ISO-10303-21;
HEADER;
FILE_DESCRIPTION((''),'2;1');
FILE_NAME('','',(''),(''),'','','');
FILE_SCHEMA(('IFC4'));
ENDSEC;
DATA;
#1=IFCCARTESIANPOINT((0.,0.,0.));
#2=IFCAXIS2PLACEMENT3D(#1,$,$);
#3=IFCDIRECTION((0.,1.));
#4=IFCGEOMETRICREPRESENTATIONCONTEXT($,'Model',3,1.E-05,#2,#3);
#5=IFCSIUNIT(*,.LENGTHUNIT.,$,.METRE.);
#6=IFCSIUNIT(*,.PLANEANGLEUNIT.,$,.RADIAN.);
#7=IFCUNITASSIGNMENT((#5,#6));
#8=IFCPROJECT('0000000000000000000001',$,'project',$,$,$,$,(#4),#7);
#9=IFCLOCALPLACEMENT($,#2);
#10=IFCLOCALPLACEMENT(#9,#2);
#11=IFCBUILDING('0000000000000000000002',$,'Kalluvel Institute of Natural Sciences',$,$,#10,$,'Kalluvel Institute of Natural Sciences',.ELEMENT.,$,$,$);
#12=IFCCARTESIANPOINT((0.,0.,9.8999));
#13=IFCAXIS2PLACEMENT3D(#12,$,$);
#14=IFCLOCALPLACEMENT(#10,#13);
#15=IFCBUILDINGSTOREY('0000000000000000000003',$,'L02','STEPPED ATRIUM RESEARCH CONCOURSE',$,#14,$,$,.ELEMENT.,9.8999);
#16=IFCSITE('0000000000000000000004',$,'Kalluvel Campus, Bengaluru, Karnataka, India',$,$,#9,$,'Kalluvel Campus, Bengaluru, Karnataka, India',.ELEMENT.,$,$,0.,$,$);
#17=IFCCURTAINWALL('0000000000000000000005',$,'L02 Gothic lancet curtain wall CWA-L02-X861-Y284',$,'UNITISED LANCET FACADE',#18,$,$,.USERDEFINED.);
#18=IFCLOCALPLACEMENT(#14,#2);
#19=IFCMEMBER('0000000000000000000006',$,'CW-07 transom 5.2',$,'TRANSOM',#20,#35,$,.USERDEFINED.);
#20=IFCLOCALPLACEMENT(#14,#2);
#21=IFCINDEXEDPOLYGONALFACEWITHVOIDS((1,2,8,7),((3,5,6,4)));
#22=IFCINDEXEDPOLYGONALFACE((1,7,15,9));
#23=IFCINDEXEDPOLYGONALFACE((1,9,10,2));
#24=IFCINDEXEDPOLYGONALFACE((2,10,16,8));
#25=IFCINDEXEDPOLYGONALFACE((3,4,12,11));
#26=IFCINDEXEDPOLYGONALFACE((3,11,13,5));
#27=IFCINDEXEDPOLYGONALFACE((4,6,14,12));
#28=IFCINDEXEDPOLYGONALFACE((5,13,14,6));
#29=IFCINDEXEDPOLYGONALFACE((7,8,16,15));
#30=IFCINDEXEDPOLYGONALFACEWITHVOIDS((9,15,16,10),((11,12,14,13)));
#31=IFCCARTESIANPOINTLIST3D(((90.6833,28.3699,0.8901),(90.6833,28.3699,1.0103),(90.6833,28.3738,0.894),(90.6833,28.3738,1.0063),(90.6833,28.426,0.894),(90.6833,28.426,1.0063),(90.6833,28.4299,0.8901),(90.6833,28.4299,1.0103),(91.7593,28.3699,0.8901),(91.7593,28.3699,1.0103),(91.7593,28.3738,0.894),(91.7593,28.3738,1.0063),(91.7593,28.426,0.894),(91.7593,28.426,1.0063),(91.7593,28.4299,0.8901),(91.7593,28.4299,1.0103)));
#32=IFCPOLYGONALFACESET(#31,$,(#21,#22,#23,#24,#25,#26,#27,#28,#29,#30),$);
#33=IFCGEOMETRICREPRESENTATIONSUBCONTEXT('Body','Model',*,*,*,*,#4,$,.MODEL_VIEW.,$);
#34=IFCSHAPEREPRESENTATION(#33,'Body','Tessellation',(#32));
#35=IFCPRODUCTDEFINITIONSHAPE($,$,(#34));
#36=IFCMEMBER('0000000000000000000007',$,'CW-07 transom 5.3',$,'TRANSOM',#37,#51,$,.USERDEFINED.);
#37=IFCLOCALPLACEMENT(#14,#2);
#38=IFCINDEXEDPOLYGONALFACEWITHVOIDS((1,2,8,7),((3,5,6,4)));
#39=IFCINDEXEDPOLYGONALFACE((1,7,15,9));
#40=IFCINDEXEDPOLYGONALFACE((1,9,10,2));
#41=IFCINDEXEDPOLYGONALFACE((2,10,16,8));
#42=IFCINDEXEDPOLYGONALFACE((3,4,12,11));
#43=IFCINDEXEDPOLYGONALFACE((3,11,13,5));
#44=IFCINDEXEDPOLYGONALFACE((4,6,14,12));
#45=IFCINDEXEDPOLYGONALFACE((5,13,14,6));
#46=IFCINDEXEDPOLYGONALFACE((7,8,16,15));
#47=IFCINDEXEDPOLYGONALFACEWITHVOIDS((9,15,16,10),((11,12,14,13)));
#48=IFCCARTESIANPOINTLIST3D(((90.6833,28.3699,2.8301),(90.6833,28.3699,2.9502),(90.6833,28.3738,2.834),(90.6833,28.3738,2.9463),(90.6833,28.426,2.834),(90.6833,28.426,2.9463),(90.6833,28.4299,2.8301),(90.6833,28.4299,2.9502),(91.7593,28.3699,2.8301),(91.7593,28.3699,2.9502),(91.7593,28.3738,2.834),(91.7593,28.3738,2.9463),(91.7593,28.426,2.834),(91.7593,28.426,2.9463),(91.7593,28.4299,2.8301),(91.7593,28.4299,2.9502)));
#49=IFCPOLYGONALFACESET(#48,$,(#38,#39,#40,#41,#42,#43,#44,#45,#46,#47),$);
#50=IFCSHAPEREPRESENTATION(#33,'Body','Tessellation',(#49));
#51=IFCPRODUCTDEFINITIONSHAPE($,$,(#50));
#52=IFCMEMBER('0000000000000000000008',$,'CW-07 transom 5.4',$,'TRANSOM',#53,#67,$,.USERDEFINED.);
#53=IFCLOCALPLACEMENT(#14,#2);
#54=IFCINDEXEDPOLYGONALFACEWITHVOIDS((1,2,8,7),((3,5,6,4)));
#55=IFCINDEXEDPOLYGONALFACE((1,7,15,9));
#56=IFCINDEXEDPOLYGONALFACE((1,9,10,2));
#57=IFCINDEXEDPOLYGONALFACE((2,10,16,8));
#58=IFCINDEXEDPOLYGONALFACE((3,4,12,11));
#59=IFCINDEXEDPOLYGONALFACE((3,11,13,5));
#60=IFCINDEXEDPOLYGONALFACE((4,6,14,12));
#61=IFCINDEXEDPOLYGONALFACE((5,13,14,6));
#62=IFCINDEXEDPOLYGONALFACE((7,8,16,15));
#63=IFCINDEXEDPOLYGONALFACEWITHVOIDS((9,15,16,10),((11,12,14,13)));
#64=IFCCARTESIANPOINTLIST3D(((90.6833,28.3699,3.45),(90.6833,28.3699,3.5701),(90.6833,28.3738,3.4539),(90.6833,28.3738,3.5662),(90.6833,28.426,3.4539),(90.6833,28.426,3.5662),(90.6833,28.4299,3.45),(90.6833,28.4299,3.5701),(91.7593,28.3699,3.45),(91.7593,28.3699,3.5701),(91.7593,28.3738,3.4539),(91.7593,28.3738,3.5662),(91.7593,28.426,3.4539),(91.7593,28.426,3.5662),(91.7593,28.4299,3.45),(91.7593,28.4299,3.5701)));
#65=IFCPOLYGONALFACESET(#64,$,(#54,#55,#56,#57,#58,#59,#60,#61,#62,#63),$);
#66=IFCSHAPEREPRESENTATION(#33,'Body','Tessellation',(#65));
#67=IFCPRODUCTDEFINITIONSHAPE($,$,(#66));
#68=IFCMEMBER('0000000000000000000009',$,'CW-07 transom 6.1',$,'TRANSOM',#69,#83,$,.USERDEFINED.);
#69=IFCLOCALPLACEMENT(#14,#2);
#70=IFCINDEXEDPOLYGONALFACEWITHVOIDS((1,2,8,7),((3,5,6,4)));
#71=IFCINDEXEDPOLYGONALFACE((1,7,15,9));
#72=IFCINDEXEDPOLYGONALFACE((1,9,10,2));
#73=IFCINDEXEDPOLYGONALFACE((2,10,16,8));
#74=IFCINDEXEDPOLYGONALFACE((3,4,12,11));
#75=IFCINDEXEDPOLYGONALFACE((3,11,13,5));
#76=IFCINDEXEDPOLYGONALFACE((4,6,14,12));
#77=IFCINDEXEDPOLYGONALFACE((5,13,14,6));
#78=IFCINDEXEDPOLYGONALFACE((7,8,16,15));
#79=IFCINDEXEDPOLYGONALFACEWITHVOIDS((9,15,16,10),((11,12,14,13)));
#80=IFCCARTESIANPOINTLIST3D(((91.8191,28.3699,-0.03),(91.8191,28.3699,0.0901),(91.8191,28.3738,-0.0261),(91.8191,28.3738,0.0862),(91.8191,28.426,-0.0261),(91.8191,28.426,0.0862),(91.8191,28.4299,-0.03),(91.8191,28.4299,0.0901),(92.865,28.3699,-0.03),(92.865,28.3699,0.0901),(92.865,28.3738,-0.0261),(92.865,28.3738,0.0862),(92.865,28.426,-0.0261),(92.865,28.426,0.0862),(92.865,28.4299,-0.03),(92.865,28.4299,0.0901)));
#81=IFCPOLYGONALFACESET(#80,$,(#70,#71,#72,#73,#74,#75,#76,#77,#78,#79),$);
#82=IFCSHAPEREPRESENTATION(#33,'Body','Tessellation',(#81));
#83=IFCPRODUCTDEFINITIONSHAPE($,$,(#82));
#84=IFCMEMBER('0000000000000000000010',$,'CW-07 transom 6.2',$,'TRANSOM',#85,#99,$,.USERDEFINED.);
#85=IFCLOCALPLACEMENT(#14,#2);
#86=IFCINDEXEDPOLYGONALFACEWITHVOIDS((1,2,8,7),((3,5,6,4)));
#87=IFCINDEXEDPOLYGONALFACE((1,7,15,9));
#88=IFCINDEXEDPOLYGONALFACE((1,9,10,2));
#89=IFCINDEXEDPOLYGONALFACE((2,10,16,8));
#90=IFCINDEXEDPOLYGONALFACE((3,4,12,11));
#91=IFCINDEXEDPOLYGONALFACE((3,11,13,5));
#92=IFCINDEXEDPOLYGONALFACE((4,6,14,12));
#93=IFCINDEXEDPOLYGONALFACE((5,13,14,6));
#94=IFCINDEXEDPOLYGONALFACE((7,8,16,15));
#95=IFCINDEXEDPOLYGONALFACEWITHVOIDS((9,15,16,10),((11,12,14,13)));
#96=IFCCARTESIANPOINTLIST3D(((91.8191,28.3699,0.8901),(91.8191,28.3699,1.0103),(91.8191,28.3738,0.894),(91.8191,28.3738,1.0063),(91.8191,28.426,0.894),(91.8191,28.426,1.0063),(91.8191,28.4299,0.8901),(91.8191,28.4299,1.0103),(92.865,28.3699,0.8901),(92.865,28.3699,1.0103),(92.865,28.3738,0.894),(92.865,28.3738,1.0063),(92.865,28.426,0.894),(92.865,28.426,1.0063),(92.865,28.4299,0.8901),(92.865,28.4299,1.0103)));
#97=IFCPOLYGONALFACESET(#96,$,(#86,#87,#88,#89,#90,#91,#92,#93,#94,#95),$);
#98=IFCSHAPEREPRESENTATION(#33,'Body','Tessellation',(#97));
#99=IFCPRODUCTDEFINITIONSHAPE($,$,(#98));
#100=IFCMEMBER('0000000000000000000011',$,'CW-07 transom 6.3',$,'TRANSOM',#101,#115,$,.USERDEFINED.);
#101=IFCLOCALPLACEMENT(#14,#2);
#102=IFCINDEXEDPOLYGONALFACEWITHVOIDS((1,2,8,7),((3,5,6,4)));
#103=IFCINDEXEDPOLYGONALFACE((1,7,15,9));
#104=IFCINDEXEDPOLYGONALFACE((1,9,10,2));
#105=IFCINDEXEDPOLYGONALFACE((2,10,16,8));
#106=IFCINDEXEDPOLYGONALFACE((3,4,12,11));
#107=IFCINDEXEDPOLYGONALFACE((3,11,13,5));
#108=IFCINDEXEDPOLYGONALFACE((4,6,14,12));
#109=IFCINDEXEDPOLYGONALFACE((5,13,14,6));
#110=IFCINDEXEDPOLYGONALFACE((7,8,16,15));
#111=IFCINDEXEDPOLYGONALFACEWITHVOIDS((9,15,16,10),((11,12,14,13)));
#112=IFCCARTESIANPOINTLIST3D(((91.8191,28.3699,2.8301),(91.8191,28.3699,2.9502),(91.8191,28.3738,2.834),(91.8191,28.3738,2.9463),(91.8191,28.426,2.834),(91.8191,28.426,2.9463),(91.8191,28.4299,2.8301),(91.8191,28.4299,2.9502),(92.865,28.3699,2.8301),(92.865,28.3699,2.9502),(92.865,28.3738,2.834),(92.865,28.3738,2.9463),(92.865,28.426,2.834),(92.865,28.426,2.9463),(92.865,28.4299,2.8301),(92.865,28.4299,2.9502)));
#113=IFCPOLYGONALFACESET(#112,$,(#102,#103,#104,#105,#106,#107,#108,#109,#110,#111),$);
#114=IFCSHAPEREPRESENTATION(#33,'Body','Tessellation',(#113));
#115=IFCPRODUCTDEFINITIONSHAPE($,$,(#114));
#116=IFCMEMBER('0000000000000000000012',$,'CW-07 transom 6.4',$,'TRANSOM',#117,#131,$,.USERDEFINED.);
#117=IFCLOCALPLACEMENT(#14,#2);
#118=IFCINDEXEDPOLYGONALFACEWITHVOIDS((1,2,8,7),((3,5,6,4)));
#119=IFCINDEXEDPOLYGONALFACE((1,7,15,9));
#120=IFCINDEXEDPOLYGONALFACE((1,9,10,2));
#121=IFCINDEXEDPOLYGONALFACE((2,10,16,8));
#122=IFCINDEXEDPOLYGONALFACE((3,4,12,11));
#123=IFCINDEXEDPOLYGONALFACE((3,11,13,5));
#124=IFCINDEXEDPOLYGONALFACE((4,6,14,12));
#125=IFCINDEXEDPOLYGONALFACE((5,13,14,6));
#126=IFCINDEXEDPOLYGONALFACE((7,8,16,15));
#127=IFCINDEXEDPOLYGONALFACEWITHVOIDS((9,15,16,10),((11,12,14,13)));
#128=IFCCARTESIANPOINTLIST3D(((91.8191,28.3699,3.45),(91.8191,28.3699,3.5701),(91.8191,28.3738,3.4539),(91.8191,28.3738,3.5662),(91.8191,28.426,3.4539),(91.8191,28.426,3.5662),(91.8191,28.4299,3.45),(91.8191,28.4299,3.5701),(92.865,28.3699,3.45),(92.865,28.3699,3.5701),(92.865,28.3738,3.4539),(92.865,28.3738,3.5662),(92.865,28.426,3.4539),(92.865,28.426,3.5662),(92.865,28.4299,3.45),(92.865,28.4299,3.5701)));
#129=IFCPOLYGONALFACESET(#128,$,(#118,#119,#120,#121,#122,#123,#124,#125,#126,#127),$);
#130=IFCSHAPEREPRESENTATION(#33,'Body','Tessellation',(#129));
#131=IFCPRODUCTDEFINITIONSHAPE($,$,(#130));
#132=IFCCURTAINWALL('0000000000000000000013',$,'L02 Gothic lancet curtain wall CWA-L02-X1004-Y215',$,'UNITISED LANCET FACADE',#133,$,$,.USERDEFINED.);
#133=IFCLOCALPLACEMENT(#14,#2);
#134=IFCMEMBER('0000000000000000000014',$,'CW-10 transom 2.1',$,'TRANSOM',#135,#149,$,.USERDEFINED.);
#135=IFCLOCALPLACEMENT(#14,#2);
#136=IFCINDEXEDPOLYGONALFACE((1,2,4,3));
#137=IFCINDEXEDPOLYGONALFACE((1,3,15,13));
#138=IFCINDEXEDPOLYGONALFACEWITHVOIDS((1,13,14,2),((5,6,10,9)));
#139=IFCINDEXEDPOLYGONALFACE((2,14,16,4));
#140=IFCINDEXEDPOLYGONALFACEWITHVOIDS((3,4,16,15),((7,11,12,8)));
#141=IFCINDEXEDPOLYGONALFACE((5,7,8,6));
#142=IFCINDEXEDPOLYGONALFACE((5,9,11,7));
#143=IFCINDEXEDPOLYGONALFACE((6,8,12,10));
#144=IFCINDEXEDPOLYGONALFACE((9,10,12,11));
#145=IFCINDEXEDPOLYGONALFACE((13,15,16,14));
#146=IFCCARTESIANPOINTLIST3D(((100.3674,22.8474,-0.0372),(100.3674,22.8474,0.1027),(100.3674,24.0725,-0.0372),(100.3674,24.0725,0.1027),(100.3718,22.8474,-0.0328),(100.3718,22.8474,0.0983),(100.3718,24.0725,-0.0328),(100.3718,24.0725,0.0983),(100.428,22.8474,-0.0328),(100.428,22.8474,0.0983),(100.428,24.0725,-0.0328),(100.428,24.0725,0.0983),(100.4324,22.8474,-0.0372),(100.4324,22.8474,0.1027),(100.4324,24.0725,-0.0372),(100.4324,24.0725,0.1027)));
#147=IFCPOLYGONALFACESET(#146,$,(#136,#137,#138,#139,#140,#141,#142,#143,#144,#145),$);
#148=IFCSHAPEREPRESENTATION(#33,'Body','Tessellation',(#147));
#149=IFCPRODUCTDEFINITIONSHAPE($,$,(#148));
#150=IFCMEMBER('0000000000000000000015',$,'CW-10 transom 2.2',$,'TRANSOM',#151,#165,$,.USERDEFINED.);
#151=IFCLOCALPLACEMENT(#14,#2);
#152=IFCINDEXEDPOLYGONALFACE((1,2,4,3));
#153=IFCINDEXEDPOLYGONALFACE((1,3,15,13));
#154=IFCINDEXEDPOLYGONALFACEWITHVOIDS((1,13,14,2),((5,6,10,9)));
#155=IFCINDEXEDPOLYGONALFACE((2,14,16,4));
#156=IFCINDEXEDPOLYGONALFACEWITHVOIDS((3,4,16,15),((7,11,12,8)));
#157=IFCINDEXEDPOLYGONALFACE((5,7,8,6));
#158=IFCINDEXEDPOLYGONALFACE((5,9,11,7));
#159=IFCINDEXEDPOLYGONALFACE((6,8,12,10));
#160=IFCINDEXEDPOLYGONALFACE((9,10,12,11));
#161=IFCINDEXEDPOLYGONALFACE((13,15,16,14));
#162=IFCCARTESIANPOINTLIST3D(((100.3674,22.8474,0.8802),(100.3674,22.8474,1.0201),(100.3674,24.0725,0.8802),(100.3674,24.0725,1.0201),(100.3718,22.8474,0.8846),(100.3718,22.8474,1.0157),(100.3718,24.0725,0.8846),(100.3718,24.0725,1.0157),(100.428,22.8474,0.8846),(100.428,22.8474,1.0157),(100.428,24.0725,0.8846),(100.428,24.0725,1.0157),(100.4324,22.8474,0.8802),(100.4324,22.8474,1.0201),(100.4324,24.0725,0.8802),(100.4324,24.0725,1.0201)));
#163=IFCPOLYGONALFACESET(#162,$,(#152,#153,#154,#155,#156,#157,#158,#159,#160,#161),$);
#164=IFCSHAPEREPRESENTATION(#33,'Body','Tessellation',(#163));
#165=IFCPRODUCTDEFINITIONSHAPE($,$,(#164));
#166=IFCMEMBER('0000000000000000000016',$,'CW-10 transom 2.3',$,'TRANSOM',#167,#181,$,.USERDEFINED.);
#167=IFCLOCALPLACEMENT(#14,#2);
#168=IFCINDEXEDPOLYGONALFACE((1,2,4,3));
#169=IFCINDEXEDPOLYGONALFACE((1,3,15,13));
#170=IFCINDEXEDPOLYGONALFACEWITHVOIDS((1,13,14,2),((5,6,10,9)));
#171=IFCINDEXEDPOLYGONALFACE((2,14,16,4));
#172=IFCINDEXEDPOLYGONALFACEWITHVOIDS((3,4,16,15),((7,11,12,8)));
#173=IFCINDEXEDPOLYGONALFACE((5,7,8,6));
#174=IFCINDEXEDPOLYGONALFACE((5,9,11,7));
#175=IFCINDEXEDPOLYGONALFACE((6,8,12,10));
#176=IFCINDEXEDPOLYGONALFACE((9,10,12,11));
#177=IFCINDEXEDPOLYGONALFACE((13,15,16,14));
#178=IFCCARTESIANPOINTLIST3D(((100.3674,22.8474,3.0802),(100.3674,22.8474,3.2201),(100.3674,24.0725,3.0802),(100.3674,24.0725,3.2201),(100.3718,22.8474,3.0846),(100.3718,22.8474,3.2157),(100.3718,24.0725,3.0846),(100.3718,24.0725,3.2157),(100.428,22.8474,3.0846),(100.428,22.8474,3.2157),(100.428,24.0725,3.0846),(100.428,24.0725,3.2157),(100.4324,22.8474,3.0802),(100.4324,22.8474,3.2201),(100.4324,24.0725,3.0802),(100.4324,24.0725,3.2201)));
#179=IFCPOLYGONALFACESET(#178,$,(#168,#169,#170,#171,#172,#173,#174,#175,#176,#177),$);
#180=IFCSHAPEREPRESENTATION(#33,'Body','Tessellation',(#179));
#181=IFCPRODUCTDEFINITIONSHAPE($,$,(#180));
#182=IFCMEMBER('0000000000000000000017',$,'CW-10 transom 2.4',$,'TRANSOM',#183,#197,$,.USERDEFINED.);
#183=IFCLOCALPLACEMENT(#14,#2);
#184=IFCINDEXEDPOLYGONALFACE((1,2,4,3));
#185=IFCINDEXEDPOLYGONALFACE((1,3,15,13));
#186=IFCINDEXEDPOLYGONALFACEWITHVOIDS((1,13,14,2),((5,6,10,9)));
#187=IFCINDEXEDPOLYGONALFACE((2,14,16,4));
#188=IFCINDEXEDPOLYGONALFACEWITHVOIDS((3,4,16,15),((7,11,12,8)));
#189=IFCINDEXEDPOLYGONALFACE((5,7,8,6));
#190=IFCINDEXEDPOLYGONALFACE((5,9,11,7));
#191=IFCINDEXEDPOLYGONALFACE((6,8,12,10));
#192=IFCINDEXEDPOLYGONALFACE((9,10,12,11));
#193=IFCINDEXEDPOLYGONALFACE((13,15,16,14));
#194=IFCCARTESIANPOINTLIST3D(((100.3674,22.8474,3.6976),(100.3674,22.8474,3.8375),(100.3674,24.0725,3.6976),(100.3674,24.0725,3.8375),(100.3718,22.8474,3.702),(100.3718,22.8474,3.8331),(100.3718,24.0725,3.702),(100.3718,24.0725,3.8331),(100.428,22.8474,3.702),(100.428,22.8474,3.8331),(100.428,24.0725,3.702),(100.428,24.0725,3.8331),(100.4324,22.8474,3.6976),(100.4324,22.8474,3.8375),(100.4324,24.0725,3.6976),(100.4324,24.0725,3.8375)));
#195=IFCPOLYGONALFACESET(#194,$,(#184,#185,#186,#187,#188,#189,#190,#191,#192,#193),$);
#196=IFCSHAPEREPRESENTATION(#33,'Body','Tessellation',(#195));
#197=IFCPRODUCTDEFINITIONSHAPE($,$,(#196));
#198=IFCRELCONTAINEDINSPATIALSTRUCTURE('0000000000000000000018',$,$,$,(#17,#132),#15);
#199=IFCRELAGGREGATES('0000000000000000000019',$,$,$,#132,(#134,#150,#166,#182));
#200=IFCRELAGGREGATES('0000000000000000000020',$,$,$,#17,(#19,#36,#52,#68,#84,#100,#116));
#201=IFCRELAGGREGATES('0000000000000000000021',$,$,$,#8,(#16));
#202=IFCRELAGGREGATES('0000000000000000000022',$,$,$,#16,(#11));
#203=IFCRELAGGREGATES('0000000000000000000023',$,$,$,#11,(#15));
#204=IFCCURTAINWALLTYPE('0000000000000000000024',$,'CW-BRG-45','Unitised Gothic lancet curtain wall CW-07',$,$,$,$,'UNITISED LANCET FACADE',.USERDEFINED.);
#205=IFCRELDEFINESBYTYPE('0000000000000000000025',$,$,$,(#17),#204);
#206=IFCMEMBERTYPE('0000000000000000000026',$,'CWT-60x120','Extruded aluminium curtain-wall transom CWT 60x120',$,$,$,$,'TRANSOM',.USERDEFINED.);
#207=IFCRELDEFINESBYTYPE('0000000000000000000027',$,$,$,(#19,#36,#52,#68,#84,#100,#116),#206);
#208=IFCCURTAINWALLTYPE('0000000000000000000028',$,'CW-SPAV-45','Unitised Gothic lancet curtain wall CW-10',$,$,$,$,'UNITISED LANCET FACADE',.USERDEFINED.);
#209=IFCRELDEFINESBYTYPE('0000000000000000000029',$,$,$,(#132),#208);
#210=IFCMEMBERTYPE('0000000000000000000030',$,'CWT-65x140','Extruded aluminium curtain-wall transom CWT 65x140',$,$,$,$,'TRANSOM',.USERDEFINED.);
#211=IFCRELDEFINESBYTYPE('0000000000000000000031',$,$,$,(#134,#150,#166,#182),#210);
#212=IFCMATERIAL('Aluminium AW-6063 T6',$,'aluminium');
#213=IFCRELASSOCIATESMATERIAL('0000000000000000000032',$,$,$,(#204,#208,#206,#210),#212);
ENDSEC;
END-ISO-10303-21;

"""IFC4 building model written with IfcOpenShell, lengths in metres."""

from ifc_helpers import new_model, si_unit, direction, frame, origin, origin_2d, place, context, subcontext, project, spatial, hollow_rectangle, extrude, material, material_profile, profile_set, type_object, element, aggregate, save


model = new_model("IFC4")

# Units and contexts
model_context = context("Model", 3, precision=1e-05, world=origin(), true_north=direction((0.0, 1.0)))
body_context = subcontext(model_context, "Body", "Model", "MODEL_VIEW")
ifc_project = project(units=[si_unit("LENGTHUNIT", "METRE"), si_unit("PLANEANGLEUNIT", "RADIAN")], contexts=[model_context])

# Site, building, storey
site_placement = place(None, origin())
site = spatial("IfcSite", under=ifc_project, at=site_placement, Name="Kalluvel Campus, Bengaluru, Karnataka, India", LongName="Kalluvel Campus, Bengaluru, Karnataka, India", CompositionType="ELEMENT", RefElevation=0.0)
building_placement = place(site_placement, origin())
building = spatial("IfcBuilding", under=site, at=building_placement, Name="Kalluvel Institute of Natural Sciences", LongName="Kalluvel Institute of Natural Sciences", CompositionType="ELEMENT")
storey_placement = place(building_placement, frame((0.0, 0.0, 9.8999)))
storey = spatial("IfcBuildingStorey", under=building, at=storey_placement, Name="L02", Description="STEPPED ATRIUM RESEARCH CONCOURSE", CompositionType="ELEMENT", Elevation=9.8999)

# Curtain wall
ifc_material_1 = material(Name="Aluminium AW-6063 T6", Category="aluminium")
curtain_wall_type_1 = type_object("IfcCurtainWallType", Name="CW-BRG-45", Description="Unitised Gothic lancet curtain wall CW-07", ElementType="UNITISED LANCET FACADE", PredefinedType="USERDEFINED", material=ifc_material_1)
curtain_wall_1_placement = place(storey_placement, origin())
curtain_wall_1 = element("IfcCurtainWall", 1, at=curtain_wall_1_placement, inside=storey, type_object=curtain_wall_type_1, Name="L02 Gothic lancet curtain wall CWA-L02-X861-Y284", ObjectType="UNITISED LANCET FACADE", PredefinedType="USERDEFINED")

# Members
ifc_material_profile_1 = material_profile(ifc_material_1, hollow_rectangle(XDim=0.0601, YDim=0.1201, WallThickness=0.0039, at=origin_2d()), Name="CWT 60x120")
ifc_profile_set_1 = profile_set([ifc_material_profile_1], Name="Aluminium AW-6063 T6")
member_type_1 = type_object("IfcMemberType", Name="CWT-60x120", Description="Extruded aluminium curtain-wall transom CWT 60x120", ElementType="TRANSOM", PredefinedType="USERDEFINED", material=ifc_profile_set_1)
member_1_placement = place(storey_placement, frame((90.6833, 28.3999, 0.9502), z_axis=(1.0, 0.0, 0.0), x_axis=(0.0, 1.0, 0.0)))
member_1 = element("IfcMember", 2, at=member_1_placement, type_object=member_type_1, Name="CW-07 transom 5.2", ObjectType="TRANSOM", PredefinedType="USERDEFINED", context=body_context, shape_type="SweptSolid", body=[
    extrude(hollow_rectangle(XDim=0.0601, YDim=0.1201, WallThickness=0.0039, at=origin_2d()), origin(), (0.0, 0.0, 1.0), 1.0759),
])
member_2_placement = place(storey_placement, frame((90.6833, 28.3999, 2.8901), z_axis=(1.0, 0.0, 0.0), x_axis=(0.0, 1.0, 0.0)))
member_2 = element("IfcMember", 3, at=member_2_placement, type_object=member_type_1, Name="CW-07 transom 5.3", ObjectType="TRANSOM", PredefinedType="USERDEFINED", context=body_context, shape_type="SweptSolid", body=[
    extrude(hollow_rectangle(XDim=0.0601, YDim=0.1201, WallThickness=0.0039, at=origin_2d()), origin(), (0.0, 0.0, 1.0), 1.0759),
])
member_3_placement = place(storey_placement, frame((90.6833, 28.3999, 3.51), z_axis=(1.0, 0.0, 0.0), x_axis=(0.0, 1.0, 0.0)))
member_3 = element("IfcMember", 4, at=member_3_placement, type_object=member_type_1, Name="CW-07 transom 5.4", ObjectType="TRANSOM", PredefinedType="USERDEFINED", context=body_context, shape_type="SweptSolid", body=[
    extrude(hollow_rectangle(XDim=0.0601, YDim=0.1201, WallThickness=0.0039, at=origin_2d()), origin(), (0.0, 0.0, 1.0), 1.0759),
])
member_4_placement = place(storey_placement, frame((91.8191, 28.3999, 0.03), z_axis=(1.0, 0.0, 0.0), x_axis=(0.0, 1.0, 0.0)))
member_4 = element("IfcMember", 5, at=member_4_placement, type_object=member_type_1, Name="CW-07 transom 6.1", ObjectType="TRANSOM", PredefinedType="USERDEFINED", context=body_context, shape_type="SweptSolid", body=[
    extrude(hollow_rectangle(XDim=0.0601, YDim=0.1201, WallThickness=0.0039, at=origin_2d()), origin(), (0.0, 0.0, 1.0), 1.0459),
])
member_5_placement = place(storey_placement, frame((91.8191, 28.3999, 0.9502), z_axis=(1.0, 0.0, 0.0), x_axis=(0.0, 1.0, 0.0)))
member_5 = element("IfcMember", 6, at=member_5_placement, type_object=member_type_1, Name="CW-07 transom 6.2", ObjectType="TRANSOM", PredefinedType="USERDEFINED", context=body_context, shape_type="SweptSolid", body=[
    extrude(hollow_rectangle(XDim=0.0601, YDim=0.1201, WallThickness=0.0039, at=origin_2d()), origin(), (0.0, 0.0, 1.0), 1.0459),
])
member_6_placement = place(storey_placement, frame((91.8191, 28.3999, 2.8901), z_axis=(1.0, 0.0, 0.0), x_axis=(0.0, 1.0, 0.0)))
member_6 = element("IfcMember", 7, at=member_6_placement, type_object=member_type_1, Name="CW-07 transom 6.3", ObjectType="TRANSOM", PredefinedType="USERDEFINED", context=body_context, shape_type="SweptSolid", body=[
    extrude(hollow_rectangle(XDim=0.0601, YDim=0.1201, WallThickness=0.0039, at=origin_2d()), origin(), (0.0, 0.0, 1.0), 1.0459),
])
member_7_placement = place(storey_placement, frame((91.8191, 28.3999, 3.51), z_axis=(1.0, 0.0, 0.0), x_axis=(0.0, 1.0, 0.0)))
member_7 = element("IfcMember", 8, at=member_7_placement, type_object=member_type_1, Name="CW-07 transom 6.4", ObjectType="TRANSOM", PredefinedType="USERDEFINED", context=body_context, shape_type="SweptSolid", body=[
    extrude(hollow_rectangle(XDim=0.0601, YDim=0.1201, WallThickness=0.0039, at=origin_2d()), origin(), (0.0, 0.0, 1.0), 1.0459),
])

# Curtain wall, members
curtain_wall_type_2 = type_object("IfcCurtainWallType", Name="CW-SPAV-45", Description="Unitised Gothic lancet curtain wall CW-10", ElementType="UNITISED LANCET FACADE", PredefinedType="USERDEFINED", material=ifc_material_1)
curtain_wall_2_placement = place(storey_placement, origin())
curtain_wall_2 = element("IfcCurtainWall", 9, at=curtain_wall_2_placement, inside=storey, type_object=curtain_wall_type_2, Name="L02 Gothic lancet curtain wall CWA-L02-X1004-Y215", ObjectType="UNITISED LANCET FACADE", PredefinedType="USERDEFINED")
ifc_material_profile_2 = material_profile(ifc_material_1, hollow_rectangle(XDim=0.0649, YDim=0.1399, WallThickness=0.0044, at=origin_2d()), Name="CWT 65x140")
ifc_profile_set_2 = profile_set([ifc_material_profile_2], Name="Aluminium AW-6063 T6")
member_type_2 = type_object("IfcMemberType", Name="CWT-65x140", Description="Extruded aluminium curtain-wall transom CWT 65x140", ElementType="TRANSOM", PredefinedType="USERDEFINED", material=ifc_profile_set_2)
member_8_placement = place(storey_placement, frame((100.3999, 22.8474, 0.0327), z_axis=(0.0, 1.0, 0.0), x_axis=(-1.0, 0.0, 0.0)))
member_8 = element("IfcMember", 10, at=member_8_placement, type_object=member_type_2, Name="CW-10 transom 2.1", ObjectType="TRANSOM", PredefinedType="USERDEFINED", context=body_context, shape_type="SweptSolid", body=[
    extrude(hollow_rectangle(XDim=0.0649, YDim=0.1399, WallThickness=0.0044, at=origin_2d()), origin(), (0.0, 0.0, 1.0), 1.2251),
])
member_9_placement = place(storey_placement, frame((100.3999, 22.8474, 0.9502), z_axis=(0.0, 1.0, 0.0), x_axis=(-1.0, 0.0, 0.0)))
member_9 = element("IfcMember", 11, at=member_9_placement, type_object=member_type_2, Name="CW-10 transom 2.2", ObjectType="TRANSOM", PredefinedType="USERDEFINED", context=body_context, shape_type="SweptSolid", body=[
    extrude(hollow_rectangle(XDim=0.0649, YDim=0.1399, WallThickness=0.0044, at=origin_2d()), origin(), (0.0, 0.0, 1.0), 1.2251),
])
member_10_placement = place(storey_placement, frame((100.3999, 22.8474, 3.1501), z_axis=(0.0, 1.0, 0.0), x_axis=(-1.0, 0.0, 0.0)))
member_10 = element("IfcMember", 12, at=member_10_placement, type_object=member_type_2, Name="CW-10 transom 2.3", ObjectType="TRANSOM", PredefinedType="USERDEFINED", context=body_context, shape_type="SweptSolid", body=[
    extrude(hollow_rectangle(XDim=0.0649, YDim=0.1399, WallThickness=0.0044, at=origin_2d()), origin(), (0.0, 0.0, 1.0), 1.2251),
])
member_11_placement = place(storey_placement, frame((100.3999, 22.8474, 3.7676), z_axis=(0.0, 1.0, 0.0), x_axis=(-1.0, 0.0, 0.0)))
member_11 = element("IfcMember", 13, at=member_11_placement, type_object=member_type_2, Name="CW-10 transom 2.4", ObjectType="TRANSOM", PredefinedType="USERDEFINED", context=body_context, shape_type="SweptSolid", body=[
    extrude(hollow_rectangle(XDim=0.0649, YDim=0.1399, WallThickness=0.0044, at=origin_2d()), origin(), (0.0, 0.0, 1.0), 1.2251),
])
aggregate(curtain_wall_2, [member_8, member_9, member_10, member_11])

aggregate(curtain_wall_1, [member_1, member_2, member_3, member_4, member_5, member_6, member_7])

save(model, "model.ifc")
